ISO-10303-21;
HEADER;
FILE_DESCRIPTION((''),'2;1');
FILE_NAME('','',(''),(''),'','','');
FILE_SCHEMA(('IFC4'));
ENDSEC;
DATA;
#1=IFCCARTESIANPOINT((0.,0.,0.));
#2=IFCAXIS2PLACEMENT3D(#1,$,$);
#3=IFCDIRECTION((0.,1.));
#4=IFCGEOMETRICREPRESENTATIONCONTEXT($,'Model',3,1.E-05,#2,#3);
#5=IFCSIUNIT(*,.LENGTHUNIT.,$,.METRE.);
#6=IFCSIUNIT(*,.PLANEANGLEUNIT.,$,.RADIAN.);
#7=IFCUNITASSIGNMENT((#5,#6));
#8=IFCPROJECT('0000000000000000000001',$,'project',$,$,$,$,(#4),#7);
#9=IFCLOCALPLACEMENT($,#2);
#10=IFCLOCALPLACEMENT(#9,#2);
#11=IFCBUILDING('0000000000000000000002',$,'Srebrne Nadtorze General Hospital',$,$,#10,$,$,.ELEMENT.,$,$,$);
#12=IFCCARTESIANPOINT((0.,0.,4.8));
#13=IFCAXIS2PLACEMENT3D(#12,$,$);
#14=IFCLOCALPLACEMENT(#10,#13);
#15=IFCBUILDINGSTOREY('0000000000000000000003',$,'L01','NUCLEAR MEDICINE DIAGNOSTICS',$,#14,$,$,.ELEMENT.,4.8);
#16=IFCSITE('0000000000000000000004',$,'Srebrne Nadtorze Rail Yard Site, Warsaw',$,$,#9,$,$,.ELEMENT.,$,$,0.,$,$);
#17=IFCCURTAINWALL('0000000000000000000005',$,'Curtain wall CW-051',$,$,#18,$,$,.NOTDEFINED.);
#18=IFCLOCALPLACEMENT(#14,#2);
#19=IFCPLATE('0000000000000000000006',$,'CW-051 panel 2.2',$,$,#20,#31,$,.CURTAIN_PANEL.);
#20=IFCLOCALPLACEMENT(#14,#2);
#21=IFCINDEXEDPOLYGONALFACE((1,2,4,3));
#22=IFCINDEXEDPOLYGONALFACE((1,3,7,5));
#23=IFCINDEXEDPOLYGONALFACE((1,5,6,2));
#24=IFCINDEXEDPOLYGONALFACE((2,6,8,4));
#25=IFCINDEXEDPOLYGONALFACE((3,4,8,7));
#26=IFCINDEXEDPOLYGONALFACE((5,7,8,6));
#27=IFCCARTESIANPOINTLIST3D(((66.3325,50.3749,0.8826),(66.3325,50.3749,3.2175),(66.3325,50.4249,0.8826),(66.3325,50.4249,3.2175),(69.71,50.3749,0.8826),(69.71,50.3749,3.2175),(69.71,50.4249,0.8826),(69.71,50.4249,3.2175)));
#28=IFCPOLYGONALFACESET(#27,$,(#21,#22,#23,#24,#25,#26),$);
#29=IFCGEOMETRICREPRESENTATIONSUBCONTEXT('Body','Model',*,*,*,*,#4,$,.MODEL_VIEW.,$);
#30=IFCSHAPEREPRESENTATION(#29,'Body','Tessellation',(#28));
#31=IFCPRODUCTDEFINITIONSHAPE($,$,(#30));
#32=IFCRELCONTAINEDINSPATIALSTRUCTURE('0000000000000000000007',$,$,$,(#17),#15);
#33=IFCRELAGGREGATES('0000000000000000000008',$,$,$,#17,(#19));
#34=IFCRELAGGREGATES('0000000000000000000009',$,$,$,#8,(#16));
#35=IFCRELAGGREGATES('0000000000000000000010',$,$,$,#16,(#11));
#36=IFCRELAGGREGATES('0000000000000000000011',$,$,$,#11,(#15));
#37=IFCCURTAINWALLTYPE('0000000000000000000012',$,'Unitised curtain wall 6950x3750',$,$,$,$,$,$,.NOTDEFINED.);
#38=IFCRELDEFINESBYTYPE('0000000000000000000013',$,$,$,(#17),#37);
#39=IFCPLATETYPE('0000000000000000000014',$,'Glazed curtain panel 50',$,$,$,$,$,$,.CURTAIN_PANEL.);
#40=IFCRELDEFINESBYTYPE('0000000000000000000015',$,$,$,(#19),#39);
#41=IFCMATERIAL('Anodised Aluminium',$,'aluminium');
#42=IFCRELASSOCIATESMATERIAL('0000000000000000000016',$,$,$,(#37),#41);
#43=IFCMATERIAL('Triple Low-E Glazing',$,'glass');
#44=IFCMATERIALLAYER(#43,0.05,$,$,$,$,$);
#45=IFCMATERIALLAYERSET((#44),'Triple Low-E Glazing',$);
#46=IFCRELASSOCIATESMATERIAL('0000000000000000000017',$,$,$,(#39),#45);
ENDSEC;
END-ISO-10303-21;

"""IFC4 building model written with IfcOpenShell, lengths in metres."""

from ifc_helpers import new_model, si_unit, direction, frame, origin, origin_2d, place, context, subcontext, project, spatial, rectangle, extrude, material, layer, layer_set, type_object, element, aggregate, save


model = new_model("IFC4")

# Units and contexts
model_context = context("Model", 3, precision=1e-05, world=origin(), true_north=direction((0.0, 1.0)))
body_context = subcontext(model_context, "Body", "Model", "MODEL_VIEW")
ifc_project = project(units=[si_unit("LENGTHUNIT", "METRE"), si_unit("PLANEANGLEUNIT", "RADIAN")], contexts=[model_context])

# Site, building, storey
site_placement = place(None, origin())
site = spatial("IfcSite", under=ifc_project, at=site_placement, Name="Srebrne Nadtorze Rail Yard Site, Warsaw", CompositionType="ELEMENT", RefElevation=0.0)
building_placement = place(site_placement, origin())
building = spatial("IfcBuilding", under=site, at=building_placement, Name="Srebrne Nadtorze General Hospital", CompositionType="ELEMENT")
storey_placement = place(building_placement, frame((0.0, 0.0, 4.8)))
storey = spatial("IfcBuildingStorey", under=building, at=storey_placement, Name="L01", Description="NUCLEAR MEDICINE DIAGNOSTICS", CompositionType="ELEMENT", Elevation=4.8)

# Curtain wall
ifc_material_1 = material(Name="Anodised Aluminium", Category="aluminium")
curtain_wall_type_1 = type_object("IfcCurtainWallType", Name="Unitised curtain wall 6950x3750", PredefinedType="NOTDEFINED", material=ifc_material_1)
curtain_wall_1_placement = place(storey_placement, origin())
curtain_wall_1 = element("IfcCurtainWall", 1, at=curtain_wall_1_placement, inside=storey, type_object=curtain_wall_type_1, Name="Curtain wall CW-051", PredefinedType="NOTDEFINED")

# Plate
ifc_material_2 = material(Name="Triple Low-E Glazing", Category="glass")
ifc_layer = layer(ifc_material_2, 0.05)
ifc_layer_set = layer_set([ifc_layer], Name="Triple Low-E Glazing")
plate_type = type_object("IfcPlateType", Name="Glazed curtain panel 50", PredefinedType="CURTAIN_PANEL", material=ifc_layer_set)
plate_1_placement = place(storey_placement, frame((68.0212, 50.3999, 0.8826), z_axis=(0.0, 0.0, 1.0), x_axis=(1.0, 0.0, 0.0)))
plate_1 = element("IfcPlate", 2, at=plate_1_placement, type_object=plate_type, Name="CW-051 panel 2.2", PredefinedType="CURTAIN_PANEL", context=body_context, shape_type="SweptSolid", body=[
    extrude(rectangle(XDim=3.3774, YDim=0.05, at=origin_2d()), origin(), (0.0, 0.0, 1.0), 2.335),
])
aggregate(curtain_wall_1, [plate_1])

save(model, "model.ifc")
